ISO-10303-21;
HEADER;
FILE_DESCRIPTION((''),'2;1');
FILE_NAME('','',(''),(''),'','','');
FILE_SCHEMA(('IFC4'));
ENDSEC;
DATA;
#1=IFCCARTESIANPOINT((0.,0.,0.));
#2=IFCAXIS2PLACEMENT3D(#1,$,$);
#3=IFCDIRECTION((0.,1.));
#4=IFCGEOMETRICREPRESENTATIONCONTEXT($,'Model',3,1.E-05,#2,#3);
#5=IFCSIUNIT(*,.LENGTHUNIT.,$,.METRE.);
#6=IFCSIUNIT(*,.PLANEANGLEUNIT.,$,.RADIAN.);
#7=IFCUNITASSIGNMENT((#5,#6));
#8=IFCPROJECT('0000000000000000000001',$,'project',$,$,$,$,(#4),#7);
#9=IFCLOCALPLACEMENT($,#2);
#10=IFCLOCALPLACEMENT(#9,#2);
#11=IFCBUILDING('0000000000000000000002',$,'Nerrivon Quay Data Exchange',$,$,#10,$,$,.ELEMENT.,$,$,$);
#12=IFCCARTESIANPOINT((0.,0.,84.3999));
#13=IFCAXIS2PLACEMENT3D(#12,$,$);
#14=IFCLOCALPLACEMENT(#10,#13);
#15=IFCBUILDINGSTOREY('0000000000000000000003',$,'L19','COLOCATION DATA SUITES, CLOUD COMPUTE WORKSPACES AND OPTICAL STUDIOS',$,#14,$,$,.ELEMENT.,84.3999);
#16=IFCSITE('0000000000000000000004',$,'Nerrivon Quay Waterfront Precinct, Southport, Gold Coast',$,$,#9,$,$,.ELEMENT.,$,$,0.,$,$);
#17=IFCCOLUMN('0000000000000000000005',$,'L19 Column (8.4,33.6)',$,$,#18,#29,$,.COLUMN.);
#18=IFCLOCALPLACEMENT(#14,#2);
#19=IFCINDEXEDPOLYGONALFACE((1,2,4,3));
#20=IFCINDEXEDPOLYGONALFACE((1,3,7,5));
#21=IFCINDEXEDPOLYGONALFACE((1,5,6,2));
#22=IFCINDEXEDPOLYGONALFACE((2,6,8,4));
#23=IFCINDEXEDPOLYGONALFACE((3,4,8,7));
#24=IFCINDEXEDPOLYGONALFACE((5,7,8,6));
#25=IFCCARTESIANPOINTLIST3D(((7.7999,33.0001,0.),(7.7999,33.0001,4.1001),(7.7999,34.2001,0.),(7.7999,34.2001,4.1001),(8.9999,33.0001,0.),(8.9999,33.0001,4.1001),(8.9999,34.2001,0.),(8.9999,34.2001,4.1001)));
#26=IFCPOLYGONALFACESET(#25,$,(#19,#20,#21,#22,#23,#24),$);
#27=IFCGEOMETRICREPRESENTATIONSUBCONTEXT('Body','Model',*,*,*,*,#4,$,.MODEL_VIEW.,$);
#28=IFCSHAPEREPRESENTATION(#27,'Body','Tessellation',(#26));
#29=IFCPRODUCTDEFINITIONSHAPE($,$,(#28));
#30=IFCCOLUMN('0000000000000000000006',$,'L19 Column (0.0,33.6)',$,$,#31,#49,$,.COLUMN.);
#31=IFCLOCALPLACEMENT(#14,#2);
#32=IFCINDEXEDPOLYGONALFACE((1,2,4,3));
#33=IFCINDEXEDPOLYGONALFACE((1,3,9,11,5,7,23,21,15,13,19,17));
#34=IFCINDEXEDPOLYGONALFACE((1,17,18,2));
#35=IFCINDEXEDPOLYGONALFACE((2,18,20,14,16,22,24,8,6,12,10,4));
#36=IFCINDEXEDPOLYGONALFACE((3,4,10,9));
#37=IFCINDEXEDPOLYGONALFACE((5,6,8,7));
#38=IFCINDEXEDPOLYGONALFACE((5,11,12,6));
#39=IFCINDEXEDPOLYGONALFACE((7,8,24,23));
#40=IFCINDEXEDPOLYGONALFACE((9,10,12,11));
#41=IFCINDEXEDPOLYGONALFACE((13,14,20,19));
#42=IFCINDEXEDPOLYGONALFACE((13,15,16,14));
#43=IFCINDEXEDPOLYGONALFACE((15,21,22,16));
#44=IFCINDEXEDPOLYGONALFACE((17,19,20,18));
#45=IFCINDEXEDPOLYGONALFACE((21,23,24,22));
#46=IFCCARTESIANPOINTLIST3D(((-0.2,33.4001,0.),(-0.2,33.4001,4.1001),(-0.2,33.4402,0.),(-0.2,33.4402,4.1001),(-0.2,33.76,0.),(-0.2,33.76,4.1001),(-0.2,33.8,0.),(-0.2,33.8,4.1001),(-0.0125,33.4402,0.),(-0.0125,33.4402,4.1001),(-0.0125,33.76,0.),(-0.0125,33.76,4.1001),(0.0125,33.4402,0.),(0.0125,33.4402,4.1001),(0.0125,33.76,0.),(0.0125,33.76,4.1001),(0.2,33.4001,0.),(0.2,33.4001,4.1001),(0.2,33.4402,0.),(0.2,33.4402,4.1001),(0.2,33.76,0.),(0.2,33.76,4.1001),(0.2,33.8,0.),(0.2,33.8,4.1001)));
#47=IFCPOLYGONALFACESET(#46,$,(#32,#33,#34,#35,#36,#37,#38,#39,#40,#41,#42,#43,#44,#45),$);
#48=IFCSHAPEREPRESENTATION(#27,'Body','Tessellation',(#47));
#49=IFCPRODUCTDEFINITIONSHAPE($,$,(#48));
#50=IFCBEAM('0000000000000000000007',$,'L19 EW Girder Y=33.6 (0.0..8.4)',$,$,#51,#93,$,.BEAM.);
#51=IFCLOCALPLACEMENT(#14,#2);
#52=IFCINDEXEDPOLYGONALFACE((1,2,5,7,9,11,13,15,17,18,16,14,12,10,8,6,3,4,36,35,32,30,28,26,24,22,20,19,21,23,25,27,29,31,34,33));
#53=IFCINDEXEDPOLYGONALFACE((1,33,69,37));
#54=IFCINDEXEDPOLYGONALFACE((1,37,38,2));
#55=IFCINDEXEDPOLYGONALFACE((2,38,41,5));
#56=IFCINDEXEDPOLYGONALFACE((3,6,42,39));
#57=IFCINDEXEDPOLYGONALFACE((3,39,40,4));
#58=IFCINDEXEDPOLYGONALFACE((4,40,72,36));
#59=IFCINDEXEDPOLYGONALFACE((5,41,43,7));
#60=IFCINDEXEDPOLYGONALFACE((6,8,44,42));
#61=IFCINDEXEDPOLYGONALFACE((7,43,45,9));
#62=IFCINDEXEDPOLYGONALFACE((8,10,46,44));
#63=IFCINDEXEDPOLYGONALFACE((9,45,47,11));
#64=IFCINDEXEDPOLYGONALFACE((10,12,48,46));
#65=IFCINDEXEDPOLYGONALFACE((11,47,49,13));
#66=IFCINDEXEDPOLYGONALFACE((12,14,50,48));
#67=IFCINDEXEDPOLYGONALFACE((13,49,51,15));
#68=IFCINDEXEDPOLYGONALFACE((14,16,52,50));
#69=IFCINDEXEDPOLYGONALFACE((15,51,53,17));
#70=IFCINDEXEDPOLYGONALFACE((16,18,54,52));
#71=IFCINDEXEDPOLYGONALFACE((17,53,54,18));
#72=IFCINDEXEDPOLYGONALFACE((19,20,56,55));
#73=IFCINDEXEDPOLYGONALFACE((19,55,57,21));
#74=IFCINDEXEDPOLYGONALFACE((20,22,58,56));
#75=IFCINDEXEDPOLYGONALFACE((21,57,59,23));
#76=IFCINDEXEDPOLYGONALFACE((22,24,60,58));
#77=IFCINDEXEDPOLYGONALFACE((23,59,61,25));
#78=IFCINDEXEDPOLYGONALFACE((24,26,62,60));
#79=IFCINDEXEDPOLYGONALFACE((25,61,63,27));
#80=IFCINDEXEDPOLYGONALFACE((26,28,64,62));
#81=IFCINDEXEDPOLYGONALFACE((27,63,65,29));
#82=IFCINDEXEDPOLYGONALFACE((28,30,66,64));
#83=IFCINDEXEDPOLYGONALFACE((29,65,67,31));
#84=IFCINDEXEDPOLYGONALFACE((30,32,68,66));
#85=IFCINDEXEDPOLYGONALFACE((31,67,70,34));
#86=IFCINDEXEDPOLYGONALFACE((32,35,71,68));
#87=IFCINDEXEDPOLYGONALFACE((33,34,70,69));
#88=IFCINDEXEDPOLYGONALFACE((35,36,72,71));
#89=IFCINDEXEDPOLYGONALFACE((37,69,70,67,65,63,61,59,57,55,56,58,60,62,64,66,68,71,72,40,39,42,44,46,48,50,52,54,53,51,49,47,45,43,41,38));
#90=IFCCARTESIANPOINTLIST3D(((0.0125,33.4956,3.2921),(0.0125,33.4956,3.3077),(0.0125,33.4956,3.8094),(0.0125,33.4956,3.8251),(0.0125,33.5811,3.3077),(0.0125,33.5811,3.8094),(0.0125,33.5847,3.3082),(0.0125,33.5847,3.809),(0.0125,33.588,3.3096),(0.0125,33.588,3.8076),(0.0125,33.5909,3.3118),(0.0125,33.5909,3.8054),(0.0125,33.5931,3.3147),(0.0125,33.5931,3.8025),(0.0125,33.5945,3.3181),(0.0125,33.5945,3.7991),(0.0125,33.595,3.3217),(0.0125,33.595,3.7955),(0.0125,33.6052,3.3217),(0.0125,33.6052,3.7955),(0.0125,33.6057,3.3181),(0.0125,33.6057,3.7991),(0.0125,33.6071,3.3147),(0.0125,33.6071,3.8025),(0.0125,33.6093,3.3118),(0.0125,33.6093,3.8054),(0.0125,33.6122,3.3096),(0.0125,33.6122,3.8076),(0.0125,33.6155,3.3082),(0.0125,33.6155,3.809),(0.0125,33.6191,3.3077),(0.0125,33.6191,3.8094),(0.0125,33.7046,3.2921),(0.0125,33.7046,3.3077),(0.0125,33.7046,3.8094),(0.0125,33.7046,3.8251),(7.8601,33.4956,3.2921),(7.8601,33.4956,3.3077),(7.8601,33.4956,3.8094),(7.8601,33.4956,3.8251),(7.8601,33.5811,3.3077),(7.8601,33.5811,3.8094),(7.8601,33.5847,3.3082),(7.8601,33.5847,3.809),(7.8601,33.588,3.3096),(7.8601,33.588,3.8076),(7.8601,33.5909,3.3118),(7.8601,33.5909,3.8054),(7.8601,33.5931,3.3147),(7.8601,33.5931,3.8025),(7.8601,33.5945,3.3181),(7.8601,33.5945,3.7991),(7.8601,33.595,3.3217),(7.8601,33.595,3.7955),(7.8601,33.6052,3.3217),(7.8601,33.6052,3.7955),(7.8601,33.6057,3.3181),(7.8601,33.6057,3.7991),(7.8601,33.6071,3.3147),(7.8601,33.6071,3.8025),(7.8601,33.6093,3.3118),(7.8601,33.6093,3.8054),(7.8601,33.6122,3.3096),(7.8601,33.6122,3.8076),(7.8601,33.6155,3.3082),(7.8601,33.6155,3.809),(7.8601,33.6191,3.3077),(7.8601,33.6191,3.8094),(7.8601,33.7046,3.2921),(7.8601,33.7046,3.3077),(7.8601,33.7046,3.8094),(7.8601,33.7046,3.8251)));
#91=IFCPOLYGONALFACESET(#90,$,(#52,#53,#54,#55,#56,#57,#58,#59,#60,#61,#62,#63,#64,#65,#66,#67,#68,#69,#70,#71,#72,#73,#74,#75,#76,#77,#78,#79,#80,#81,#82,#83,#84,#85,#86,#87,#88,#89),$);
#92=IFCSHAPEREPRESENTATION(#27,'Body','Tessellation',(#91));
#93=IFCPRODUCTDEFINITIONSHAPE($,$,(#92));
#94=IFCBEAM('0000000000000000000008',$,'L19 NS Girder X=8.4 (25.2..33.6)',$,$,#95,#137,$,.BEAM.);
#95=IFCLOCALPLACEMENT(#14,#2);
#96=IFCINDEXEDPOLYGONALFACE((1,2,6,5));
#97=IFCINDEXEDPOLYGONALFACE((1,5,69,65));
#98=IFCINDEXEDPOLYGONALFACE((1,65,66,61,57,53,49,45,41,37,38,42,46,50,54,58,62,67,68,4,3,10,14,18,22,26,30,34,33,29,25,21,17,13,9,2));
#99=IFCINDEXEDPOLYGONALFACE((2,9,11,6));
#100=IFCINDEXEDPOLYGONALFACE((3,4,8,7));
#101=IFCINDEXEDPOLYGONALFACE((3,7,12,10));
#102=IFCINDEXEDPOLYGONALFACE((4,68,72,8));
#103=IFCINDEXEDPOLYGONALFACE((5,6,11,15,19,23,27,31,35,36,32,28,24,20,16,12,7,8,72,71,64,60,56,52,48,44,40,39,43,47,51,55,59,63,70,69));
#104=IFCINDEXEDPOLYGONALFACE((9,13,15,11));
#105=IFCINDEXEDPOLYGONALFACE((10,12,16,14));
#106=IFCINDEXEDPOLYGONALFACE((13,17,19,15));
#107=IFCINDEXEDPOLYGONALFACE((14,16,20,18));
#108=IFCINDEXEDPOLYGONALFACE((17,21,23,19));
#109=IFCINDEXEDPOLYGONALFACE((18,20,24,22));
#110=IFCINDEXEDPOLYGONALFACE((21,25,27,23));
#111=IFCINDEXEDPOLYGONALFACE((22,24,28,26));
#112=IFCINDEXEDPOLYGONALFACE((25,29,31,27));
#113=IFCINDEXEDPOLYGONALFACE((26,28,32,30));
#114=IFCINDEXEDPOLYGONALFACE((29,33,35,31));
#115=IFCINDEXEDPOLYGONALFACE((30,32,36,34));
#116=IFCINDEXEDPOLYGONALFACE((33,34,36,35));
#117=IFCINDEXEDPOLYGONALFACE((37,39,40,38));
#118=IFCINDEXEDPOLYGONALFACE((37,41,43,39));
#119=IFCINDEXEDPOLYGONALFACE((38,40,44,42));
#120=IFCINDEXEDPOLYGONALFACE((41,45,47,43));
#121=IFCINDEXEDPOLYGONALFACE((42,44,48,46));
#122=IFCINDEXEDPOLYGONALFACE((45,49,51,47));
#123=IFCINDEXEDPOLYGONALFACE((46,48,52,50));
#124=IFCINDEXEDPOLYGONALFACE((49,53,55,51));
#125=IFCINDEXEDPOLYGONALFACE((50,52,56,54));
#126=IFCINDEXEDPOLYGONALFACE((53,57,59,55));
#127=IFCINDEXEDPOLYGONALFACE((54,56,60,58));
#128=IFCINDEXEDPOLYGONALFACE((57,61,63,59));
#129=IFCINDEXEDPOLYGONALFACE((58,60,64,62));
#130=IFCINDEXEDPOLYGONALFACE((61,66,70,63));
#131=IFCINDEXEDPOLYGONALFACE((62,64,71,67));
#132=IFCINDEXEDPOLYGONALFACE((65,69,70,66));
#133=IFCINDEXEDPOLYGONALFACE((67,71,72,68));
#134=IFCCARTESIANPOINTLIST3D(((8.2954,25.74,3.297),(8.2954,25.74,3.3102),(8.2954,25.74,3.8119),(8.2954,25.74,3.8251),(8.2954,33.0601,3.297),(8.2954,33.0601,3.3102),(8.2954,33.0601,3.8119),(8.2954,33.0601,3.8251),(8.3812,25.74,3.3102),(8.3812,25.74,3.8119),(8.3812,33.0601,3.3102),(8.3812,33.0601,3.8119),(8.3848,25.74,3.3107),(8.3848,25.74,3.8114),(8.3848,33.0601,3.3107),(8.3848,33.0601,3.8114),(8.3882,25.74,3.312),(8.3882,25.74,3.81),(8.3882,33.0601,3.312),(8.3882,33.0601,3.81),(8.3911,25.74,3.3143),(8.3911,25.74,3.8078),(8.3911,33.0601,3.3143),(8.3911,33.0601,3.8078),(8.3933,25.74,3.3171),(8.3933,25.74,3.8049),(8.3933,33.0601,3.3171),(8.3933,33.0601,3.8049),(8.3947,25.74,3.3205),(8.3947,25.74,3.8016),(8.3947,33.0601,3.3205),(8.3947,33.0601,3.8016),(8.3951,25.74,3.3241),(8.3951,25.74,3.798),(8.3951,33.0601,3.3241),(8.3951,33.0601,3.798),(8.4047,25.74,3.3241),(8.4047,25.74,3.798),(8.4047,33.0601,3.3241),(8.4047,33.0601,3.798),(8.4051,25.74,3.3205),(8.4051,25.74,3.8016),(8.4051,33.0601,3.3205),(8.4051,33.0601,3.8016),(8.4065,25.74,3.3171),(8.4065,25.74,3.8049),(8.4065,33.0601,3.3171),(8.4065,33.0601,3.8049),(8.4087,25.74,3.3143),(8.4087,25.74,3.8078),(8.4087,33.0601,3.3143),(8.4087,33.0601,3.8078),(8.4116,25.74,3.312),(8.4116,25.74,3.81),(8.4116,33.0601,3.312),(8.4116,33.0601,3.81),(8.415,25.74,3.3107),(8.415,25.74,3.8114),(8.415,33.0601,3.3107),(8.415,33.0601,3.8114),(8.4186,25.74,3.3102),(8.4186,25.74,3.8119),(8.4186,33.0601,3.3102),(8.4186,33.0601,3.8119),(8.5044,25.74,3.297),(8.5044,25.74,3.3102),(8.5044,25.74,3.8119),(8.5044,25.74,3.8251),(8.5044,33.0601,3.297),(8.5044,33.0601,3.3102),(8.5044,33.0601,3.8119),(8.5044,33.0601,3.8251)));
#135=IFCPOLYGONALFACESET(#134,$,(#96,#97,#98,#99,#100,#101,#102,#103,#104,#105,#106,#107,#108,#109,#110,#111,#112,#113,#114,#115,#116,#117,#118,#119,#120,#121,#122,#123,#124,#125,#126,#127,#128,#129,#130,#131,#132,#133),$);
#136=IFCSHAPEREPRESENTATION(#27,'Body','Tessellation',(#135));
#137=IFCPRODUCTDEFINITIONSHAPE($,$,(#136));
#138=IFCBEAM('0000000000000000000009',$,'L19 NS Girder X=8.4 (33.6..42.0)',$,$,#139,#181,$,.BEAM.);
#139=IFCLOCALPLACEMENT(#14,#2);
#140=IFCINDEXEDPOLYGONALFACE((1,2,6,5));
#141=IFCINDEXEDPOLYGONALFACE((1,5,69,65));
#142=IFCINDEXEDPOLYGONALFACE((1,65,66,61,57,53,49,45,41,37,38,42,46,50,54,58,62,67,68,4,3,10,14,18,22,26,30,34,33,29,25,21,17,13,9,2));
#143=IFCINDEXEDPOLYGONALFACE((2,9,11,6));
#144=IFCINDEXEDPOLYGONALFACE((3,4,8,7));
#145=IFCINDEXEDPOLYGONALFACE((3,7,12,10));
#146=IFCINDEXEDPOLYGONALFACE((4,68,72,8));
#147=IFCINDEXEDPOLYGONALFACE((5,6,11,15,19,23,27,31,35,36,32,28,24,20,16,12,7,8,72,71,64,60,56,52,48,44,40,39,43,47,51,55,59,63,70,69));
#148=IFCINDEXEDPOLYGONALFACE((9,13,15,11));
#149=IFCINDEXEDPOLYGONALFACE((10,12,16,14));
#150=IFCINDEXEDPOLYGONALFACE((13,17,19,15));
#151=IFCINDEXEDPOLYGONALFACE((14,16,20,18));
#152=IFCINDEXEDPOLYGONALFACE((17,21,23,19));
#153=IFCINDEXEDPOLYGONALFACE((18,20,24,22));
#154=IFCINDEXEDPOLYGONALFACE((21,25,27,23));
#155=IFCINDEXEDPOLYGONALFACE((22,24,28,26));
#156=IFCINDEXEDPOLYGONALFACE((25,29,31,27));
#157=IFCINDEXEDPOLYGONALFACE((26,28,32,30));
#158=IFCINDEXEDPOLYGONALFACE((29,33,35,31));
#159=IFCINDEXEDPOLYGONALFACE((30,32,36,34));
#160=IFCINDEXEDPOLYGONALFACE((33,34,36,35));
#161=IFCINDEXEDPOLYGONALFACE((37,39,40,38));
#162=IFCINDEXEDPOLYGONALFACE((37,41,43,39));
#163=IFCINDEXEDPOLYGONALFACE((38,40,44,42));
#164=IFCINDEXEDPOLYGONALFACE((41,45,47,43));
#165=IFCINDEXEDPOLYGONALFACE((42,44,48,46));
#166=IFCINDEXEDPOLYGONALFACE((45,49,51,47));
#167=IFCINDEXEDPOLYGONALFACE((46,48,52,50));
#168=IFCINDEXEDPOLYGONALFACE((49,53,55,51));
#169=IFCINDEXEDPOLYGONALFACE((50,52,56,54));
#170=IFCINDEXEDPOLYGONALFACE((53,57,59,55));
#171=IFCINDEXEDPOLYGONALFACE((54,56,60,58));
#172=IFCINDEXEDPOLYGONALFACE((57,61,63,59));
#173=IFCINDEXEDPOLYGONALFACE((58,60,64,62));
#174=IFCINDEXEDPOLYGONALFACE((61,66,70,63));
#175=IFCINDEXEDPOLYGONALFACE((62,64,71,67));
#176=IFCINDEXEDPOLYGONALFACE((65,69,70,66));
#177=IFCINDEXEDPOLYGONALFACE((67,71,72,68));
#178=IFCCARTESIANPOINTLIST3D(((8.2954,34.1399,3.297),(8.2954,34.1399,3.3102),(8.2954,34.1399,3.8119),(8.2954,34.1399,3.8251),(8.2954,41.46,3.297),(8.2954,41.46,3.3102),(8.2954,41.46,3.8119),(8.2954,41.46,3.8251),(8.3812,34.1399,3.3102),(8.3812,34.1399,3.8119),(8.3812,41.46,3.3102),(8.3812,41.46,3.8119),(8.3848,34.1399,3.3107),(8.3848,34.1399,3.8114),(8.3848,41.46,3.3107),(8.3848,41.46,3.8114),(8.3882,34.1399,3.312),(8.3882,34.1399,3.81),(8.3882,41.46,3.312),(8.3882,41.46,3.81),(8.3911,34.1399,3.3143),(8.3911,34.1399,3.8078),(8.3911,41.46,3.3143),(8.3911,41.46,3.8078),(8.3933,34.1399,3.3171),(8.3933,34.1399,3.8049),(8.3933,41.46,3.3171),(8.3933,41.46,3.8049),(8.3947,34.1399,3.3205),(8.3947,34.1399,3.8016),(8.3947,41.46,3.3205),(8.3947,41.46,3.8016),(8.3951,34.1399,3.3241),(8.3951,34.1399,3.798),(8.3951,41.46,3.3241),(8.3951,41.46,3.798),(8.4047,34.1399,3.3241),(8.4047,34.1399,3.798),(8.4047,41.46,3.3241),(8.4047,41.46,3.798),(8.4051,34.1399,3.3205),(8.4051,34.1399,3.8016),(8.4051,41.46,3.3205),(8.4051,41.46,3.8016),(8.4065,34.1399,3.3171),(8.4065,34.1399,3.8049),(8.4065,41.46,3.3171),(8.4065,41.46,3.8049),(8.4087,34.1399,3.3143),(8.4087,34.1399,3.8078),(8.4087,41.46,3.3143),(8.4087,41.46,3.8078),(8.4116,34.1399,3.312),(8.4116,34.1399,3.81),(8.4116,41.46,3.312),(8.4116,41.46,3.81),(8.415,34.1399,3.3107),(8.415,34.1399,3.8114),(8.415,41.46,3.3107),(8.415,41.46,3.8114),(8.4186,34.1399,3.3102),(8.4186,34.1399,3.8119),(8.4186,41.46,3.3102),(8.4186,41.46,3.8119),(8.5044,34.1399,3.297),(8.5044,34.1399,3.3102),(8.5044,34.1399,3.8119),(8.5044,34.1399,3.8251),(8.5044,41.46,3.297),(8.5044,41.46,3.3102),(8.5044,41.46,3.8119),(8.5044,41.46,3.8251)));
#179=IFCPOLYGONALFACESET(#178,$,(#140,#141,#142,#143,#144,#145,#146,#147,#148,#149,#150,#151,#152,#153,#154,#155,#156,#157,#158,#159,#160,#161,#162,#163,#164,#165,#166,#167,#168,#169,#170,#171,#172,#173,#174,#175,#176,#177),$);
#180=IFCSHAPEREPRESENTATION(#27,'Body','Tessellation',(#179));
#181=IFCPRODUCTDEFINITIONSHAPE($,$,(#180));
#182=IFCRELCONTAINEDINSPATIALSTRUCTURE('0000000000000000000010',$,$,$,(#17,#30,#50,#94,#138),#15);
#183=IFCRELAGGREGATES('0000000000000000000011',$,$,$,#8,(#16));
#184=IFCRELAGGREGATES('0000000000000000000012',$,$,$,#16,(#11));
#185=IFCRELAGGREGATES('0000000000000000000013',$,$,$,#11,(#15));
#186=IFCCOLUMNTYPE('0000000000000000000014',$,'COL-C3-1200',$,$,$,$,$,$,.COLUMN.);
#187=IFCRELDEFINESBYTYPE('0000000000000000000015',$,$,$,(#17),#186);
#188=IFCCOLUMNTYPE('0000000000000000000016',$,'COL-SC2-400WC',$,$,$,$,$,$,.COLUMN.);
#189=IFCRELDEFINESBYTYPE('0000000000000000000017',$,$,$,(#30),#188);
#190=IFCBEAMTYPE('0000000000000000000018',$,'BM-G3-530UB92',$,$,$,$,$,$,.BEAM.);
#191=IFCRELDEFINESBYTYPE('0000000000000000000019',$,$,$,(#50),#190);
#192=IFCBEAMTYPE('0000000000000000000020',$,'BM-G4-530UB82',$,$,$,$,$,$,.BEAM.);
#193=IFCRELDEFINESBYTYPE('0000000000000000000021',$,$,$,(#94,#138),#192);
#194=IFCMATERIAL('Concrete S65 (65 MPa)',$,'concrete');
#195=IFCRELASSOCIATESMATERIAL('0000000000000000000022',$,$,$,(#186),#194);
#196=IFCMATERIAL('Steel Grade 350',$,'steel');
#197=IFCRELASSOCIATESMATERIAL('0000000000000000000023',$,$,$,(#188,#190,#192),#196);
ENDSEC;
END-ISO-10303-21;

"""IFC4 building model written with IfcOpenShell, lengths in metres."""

from ifc_helpers import new_model, si_unit, direction, frame, origin, origin_2d, place, context, subcontext, project, spatial, rectangle, i_section, extrude, material, material_profile, profile_set, type_object, element, save


model = new_model("IFC4")

# Units and contexts
model_context = context("Model", 3, precision=1e-05, world=origin(), true_north=direction((0.0, 1.0)))
body_context = subcontext(model_context, "Body", "Model", "MODEL_VIEW")
ifc_project = project(units=[si_unit("LENGTHUNIT", "METRE"), si_unit("PLANEANGLEUNIT", "RADIAN")], contexts=[model_context])

# Site, building, storey
site_placement = place(None, origin())
site = spatial("IfcSite", under=ifc_project, at=site_placement, Name="Nerrivon Quay Waterfront Precinct, Southport, Gold Coast", CompositionType="ELEMENT", RefElevation=0.0)
building_placement = place(site_placement, origin())
building = spatial("IfcBuilding", under=site, at=building_placement, Name="Nerrivon Quay Data Exchange", CompositionType="ELEMENT")
storey_placement = place(building_placement, frame((0.0, 0.0, 84.3999)))
storey = spatial("IfcBuildingStorey", under=building, at=storey_placement, Name="L19", Description="COLOCATION DATA SUITES, CLOUD COMPUTE WORKSPACES AND OPTICAL STUDIOS", CompositionType="ELEMENT", Elevation=84.3999)

# Columns
ifc_material_1 = material(Name="Concrete S65 (65 MPa)", Category="concrete")
ifc_material_profile_1 = material_profile(ifc_material_1, rectangle(XDim=1.2, YDim=1.2, at=origin_2d()), Name="RC-COL-1200x1200")
ifc_profile_set_1 = profile_set([ifc_material_profile_1], Name="Concrete S65 (65 MPa)")
column_type_1 = type_object("IfcColumnType", Name="COL-C3-1200", PredefinedType="COLUMN", material=ifc_profile_set_1)
column_1_placement = place(storey_placement, frame((8.3999, 33.6001, 0.0), z_axis=(0.0, 0.0, 1.0), x_axis=(1.0, 0.0, 0.0)))
element("IfcColumn", 1, at=column_1_placement, inside=storey, type_object=column_type_1, Name="L19 Column (8.4,33.6)", PredefinedType="COLUMN", context=body_context, shape_type="SweptSolid", body=[
    extrude(rectangle(XDim=1.2, YDim=1.2, at=origin_2d()), origin(), (0.0, 0.0, 1.0), 4.1001),
])
ifc_material_2 = material(Name="Steel Grade 350", Category="steel")
ifc_material_profile_2 = material_profile(ifc_material_2, i_section(OverallWidth=0.3999, OverallDepth=0.3999, WebThickness=0.0249, FlangeThickness=0.04, at=origin_2d()), Name="400WC328")
ifc_profile_set_2 = profile_set([ifc_material_profile_2], Name="Steel Grade 350")
column_type_2 = type_object("IfcColumnType", Name="COL-SC2-400WC", PredefinedType="COLUMN", material=ifc_profile_set_2)
column_2_placement = place(storey_placement, frame((0.0, 33.6001, 0.0), z_axis=(0.0, 0.0, 1.0), x_axis=(1.0, 0.0, 0.0)))
element("IfcColumn", 2, at=column_2_placement, inside=storey, type_object=column_type_2, Name="L19 Column (0.0,33.6)", PredefinedType="COLUMN", context=body_context, shape_type="SweptSolid", body=[
    extrude(i_section(OverallWidth=0.3999, OverallDepth=0.3999, WebThickness=0.0249, FlangeThickness=0.04, at=origin_2d()), origin(), (0.0, 0.0, 1.0), 4.1001),
])

# Beams
ifc_material_profile_3 = material_profile(ifc_material_2, i_section(OverallWidth=0.209, OverallDepth=0.533, WebThickness=0.0103, FlangeThickness=0.0156, FilletRadius=0.0139, at=origin_2d()), Name="530UB92.4")
ifc_profile_set_3 = profile_set([ifc_material_profile_3], Name="Steel Grade 350")
beam_type_1 = type_object("IfcBeamType", Name="BM-G3-530UB92", PredefinedType="BEAM", material=ifc_profile_set_3)
beam_1_placement = place(storey_placement, frame((0.0125, 33.6001, 3.5586), z_axis=(1.0, 0.0, 0.0), x_axis=(0.0, 1.0, 0.0)))
element("IfcBeam", 3, at=beam_1_placement, inside=storey, type_object=beam_type_1, Name="L19 EW Girder Y=33.6 (0.0..8.4)", PredefinedType="BEAM", context=body_context, shape_type="SweptSolid", body=[
    extrude(i_section(OverallWidth=0.209, OverallDepth=0.533, WebThickness=0.0103, FlangeThickness=0.0156, FilletRadius=0.0139, at=origin_2d()), origin(), (0.0, 0.0, 1.0), 7.8477),
])
ifc_material_profile_4 = material_profile(ifc_material_2, i_section(OverallWidth=0.209, OverallDepth=0.5281, WebThickness=0.0095, FlangeThickness=0.0132, FilletRadius=0.0139, at=origin_2d()), Name="530UB82.0")
ifc_profile_set_4 = profile_set([ifc_material_profile_4], Name="Steel Grade 350")
beam_type_2 = type_object("IfcBeamType", Name="BM-G4-530UB82", PredefinedType="BEAM", material=ifc_profile_set_4)
for number, where, z_axis, x_axis, name in (
    (4, (8.3999, 25.74, 3.561), (0.0, 1.0, 0.0), (-1.0, 0.0, 0.0), "L19 NS Girder X=8.4 (25.2..33.6)"),
    (5, (8.3999, 34.1399, 3.561), (0.0, 1.0, 0.0), (-1.0, 0.0, 0.0), "L19 NS Girder X=8.4 (33.6..42.0)"),
):
    element("IfcBeam", number, at=place(storey_placement, frame(where, z_axis=z_axis, x_axis=x_axis)), inside=storey, type_object=beam_type_2, Name=name, PredefinedType="BEAM", context=body_context, shape_type="SweptSolid", body=[
        extrude(i_section(OverallWidth=0.209, OverallDepth=0.5281, WebThickness=0.0095, FlangeThickness=0.0132, FilletRadius=0.0139, at=origin_2d()), origin(), (0.0, 0.0, 1.0), 7.3201),
    ])

save(model, "model.ifc")
